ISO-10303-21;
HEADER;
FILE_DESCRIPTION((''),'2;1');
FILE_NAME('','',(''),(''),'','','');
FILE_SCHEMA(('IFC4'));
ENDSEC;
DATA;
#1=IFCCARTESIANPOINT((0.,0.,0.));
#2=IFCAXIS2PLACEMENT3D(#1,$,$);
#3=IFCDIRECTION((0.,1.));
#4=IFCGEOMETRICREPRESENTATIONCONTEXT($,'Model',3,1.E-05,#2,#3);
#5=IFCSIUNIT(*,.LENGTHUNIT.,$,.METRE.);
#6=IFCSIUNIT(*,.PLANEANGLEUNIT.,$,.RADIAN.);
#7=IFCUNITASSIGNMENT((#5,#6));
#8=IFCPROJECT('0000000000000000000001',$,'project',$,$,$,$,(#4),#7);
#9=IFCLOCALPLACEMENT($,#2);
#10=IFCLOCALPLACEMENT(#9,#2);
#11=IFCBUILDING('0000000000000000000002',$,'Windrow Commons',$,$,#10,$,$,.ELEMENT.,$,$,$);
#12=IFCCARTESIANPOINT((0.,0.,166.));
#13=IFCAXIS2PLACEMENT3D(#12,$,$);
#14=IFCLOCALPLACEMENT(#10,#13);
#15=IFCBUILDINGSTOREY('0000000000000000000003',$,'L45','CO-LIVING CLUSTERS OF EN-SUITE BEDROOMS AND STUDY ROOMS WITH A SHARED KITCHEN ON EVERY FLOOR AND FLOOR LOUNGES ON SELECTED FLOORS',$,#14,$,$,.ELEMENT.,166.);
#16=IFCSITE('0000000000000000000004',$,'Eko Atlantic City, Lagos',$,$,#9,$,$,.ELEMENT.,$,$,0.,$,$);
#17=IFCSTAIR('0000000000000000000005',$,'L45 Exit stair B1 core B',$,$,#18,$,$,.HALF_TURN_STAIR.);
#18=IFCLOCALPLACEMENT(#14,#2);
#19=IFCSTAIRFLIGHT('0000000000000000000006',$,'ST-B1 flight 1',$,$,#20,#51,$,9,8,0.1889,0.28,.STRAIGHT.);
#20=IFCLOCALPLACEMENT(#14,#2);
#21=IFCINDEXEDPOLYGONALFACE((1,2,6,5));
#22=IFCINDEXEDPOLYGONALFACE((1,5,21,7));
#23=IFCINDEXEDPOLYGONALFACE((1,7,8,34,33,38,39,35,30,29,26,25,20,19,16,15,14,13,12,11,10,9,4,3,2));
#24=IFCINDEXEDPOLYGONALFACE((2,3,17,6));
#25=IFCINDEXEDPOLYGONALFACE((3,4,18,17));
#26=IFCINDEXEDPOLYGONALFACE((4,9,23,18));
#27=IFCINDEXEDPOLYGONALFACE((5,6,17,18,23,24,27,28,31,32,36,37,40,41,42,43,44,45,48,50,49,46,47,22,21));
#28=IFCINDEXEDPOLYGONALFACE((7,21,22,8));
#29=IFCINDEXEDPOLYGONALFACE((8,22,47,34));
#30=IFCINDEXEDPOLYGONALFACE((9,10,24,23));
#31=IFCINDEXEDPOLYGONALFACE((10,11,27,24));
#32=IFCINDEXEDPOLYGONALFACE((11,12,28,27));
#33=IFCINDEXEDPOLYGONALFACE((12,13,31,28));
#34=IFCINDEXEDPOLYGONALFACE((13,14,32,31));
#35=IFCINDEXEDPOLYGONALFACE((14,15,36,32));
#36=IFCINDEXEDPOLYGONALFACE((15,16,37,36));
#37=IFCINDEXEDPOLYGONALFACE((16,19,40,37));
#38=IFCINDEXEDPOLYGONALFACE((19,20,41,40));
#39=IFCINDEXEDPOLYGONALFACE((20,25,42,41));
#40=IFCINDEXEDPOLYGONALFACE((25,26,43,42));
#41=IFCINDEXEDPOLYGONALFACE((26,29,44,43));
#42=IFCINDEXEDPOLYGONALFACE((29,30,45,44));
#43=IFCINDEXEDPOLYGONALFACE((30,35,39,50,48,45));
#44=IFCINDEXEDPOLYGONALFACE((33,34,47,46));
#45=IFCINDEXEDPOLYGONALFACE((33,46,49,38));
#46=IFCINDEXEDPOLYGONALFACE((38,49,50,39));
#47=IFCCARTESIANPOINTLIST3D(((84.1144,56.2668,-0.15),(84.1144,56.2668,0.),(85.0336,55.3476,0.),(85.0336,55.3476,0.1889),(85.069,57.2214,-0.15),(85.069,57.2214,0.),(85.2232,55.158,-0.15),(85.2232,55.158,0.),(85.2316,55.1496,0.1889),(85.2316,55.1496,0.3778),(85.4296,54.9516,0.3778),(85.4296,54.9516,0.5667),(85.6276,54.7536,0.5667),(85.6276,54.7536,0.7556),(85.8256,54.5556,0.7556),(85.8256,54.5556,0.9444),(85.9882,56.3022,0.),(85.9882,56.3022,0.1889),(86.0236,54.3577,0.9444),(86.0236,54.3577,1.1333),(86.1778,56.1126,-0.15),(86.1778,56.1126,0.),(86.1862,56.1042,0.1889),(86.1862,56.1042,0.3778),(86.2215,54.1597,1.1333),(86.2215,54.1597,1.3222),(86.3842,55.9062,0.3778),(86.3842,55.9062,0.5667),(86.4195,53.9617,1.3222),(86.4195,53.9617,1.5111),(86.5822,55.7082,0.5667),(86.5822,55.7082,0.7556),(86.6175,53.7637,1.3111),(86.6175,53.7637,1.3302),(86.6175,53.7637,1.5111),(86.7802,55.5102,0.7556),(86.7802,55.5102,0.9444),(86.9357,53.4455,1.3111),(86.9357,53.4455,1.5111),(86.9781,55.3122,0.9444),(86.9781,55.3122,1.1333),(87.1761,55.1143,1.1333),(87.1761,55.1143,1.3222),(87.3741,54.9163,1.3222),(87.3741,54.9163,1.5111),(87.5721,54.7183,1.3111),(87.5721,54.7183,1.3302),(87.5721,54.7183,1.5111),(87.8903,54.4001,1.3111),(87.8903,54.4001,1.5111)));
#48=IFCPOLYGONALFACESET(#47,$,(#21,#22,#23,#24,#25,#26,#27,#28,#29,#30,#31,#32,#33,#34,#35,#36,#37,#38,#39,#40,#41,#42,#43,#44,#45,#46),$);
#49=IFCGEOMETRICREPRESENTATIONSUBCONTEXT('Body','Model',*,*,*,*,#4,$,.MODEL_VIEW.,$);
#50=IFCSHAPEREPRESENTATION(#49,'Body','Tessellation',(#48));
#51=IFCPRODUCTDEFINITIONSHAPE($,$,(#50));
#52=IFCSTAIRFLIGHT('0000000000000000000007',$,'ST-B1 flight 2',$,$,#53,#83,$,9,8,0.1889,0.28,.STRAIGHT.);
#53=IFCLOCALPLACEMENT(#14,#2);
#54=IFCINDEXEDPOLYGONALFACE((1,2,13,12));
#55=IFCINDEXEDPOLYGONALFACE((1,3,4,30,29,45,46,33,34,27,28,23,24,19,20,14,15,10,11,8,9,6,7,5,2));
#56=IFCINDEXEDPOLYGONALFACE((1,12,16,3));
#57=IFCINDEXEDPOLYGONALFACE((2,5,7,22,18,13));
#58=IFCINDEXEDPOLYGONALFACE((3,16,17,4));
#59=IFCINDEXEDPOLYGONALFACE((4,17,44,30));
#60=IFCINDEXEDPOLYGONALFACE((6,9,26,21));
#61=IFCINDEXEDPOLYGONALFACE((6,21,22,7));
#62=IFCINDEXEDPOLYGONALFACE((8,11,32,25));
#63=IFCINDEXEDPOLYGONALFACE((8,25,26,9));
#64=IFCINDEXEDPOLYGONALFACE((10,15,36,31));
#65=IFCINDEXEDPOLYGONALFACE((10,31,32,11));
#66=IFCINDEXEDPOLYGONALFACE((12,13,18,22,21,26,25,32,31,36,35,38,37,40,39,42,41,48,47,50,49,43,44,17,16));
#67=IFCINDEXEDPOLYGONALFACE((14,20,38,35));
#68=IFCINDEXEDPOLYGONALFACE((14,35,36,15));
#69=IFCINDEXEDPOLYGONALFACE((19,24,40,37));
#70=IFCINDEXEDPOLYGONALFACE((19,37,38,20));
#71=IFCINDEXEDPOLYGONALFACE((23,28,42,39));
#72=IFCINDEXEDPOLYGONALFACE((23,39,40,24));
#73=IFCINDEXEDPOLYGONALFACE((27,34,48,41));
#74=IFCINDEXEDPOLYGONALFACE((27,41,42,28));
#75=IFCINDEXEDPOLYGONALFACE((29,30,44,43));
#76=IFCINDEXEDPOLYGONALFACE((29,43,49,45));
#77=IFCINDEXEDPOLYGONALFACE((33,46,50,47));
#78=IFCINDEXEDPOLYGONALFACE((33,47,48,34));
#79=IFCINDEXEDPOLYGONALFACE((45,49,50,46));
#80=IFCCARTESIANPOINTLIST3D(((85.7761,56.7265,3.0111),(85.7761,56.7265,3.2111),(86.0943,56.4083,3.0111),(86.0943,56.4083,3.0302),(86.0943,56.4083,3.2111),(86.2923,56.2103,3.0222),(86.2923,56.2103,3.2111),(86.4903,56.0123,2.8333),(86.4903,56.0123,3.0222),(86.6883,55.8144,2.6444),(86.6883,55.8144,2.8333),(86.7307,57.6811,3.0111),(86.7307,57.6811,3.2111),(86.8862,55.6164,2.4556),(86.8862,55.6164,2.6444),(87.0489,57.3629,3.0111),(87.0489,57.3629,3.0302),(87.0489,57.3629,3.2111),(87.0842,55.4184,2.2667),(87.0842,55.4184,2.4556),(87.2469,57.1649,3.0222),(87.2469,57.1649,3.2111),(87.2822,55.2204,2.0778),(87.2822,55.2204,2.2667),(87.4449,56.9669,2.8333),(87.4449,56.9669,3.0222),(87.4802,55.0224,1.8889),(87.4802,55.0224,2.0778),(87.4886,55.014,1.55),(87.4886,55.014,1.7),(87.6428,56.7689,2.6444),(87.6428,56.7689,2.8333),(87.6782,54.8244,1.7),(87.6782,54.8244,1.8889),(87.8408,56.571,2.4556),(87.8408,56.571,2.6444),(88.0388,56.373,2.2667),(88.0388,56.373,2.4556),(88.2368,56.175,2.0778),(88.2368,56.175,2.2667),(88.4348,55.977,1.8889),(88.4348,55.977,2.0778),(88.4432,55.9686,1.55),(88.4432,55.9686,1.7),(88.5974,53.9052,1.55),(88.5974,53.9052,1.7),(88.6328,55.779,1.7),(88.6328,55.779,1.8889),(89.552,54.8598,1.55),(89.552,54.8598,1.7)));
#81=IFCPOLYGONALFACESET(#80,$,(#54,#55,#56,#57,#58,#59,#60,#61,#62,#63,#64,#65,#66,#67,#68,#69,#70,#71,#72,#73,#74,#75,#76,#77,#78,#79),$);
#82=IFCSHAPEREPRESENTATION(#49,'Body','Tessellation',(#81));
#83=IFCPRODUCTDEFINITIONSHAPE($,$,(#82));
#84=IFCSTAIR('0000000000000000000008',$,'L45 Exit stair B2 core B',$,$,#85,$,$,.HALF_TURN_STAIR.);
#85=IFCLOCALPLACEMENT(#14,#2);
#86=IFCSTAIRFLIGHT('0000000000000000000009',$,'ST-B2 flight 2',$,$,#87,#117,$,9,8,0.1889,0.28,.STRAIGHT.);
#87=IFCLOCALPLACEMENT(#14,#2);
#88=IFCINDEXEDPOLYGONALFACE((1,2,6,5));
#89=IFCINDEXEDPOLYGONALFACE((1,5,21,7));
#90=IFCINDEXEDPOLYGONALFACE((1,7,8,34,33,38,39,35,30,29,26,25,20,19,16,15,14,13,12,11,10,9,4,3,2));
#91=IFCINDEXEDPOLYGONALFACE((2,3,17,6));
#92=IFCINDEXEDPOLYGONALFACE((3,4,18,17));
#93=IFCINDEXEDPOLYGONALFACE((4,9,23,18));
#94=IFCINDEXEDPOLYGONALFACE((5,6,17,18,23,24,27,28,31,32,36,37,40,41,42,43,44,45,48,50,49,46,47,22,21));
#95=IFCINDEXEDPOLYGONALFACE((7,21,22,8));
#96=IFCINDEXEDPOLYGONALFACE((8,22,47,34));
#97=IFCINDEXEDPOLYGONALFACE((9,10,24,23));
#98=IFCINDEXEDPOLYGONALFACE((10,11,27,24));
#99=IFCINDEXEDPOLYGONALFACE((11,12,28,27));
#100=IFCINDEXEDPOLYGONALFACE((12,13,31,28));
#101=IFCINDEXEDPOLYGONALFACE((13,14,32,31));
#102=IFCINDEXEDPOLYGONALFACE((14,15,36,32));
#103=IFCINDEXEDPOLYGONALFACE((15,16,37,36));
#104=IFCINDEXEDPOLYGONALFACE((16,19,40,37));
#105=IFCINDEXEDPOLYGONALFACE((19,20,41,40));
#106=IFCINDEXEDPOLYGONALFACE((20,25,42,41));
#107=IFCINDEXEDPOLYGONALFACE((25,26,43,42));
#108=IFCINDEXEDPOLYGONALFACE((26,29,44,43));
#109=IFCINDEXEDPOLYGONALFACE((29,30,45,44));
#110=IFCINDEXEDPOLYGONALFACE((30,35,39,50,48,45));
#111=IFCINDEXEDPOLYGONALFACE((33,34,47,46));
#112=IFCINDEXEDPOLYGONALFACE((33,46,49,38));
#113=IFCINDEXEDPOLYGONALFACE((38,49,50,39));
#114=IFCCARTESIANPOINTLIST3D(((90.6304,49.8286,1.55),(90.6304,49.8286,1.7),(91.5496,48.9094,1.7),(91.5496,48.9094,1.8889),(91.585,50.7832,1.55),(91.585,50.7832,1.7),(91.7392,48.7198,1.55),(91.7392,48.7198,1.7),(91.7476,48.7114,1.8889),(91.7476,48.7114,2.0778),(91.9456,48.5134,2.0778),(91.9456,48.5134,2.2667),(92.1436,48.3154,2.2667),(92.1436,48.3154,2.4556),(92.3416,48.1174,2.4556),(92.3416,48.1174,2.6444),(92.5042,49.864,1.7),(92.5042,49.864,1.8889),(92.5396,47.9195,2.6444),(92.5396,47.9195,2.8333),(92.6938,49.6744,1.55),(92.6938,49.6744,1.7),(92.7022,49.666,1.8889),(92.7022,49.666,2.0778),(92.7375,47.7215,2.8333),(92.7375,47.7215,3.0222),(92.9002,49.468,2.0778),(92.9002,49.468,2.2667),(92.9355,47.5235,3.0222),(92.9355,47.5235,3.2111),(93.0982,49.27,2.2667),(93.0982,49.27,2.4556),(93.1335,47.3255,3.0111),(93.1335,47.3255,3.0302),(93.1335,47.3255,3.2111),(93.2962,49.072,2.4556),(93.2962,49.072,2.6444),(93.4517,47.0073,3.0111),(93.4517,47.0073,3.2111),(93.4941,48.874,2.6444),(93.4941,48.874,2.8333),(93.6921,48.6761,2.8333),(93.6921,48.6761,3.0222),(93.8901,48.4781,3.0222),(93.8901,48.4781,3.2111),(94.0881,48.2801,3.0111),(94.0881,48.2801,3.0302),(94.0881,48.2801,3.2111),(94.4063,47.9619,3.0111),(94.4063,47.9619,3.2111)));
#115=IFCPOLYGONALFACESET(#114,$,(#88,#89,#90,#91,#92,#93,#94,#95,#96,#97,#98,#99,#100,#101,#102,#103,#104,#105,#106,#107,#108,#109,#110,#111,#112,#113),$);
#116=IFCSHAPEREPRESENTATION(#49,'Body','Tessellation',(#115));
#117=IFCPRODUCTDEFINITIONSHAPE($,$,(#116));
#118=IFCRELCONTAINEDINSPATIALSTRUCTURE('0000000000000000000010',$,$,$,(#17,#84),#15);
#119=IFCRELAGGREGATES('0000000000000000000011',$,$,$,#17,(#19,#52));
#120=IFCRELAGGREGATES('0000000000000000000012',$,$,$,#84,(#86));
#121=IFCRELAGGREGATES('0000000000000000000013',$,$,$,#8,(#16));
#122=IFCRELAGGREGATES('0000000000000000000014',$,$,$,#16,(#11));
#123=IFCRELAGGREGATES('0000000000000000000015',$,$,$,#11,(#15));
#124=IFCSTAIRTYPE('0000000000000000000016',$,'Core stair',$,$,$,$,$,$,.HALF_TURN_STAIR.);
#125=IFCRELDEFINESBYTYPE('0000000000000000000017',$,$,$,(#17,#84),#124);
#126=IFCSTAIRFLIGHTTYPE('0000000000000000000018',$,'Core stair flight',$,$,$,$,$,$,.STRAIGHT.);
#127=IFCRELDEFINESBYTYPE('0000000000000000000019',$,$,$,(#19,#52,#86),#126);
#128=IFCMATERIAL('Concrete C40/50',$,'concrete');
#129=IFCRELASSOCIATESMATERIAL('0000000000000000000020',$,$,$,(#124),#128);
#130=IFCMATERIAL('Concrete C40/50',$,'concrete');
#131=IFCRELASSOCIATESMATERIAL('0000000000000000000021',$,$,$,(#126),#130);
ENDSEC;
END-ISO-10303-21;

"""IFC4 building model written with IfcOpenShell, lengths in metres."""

from ifc_helpers import new_model, si_unit, direction, frame, origin, place, context, subcontext, project, spatial, polyline, outline, extrude, material, type_object, element, aggregate, save


model = new_model("IFC4")

# Units and contexts
model_context = context("Model", 3, precision=1e-05, world=origin(), true_north=direction((0.0, 1.0)))
body_context = subcontext(model_context, "Body", "Model", "MODEL_VIEW")
ifc_project = project(units=[si_unit("LENGTHUNIT", "METRE"), si_unit("PLANEANGLEUNIT", "RADIAN")], contexts=[model_context])

# Site, building, storey
site_placement = place(None, origin())
site = spatial("IfcSite", under=ifc_project, at=site_placement, Name="Eko Atlantic City, Lagos", CompositionType="ELEMENT", RefElevation=0.0)
building_placement = place(site_placement, origin())
building = spatial("IfcBuilding", under=site, at=building_placement, Name="Windrow Commons", CompositionType="ELEMENT")
storey_placement = place(building_placement, frame((0.0, 0.0, 166.0)))
storey = spatial("IfcBuildingStorey", under=building, at=storey_placement, Name="L45", Description="CO-LIVING CLUSTERS OF EN-SUITE BEDROOMS AND STUDY ROOMS WITH A SHARED KITCHEN ON EVERY FLOOR AND FLOOR LOUNGES ON SELECTED FLOORS", CompositionType="ELEMENT", Elevation=166.0)

# Stair, stair flights
ifc_material_1 = material(Name="Concrete C40/50", Category="concrete")
stair_type = type_object("IfcStairType", Name="Core stair", PredefinedType="HALF_TURN_STAIR", material=ifc_material_1)
placement = place(storey_placement, origin())
stair_1 = element("IfcStair", 1, at=placement, inside=storey, type_object=stair_type, Name="L45 Exit stair B1 core B", PredefinedType="HALF_TURN_STAIR")
ifc_material_2 = material(Name="Concrete C40/50", Category="concrete")
stair_flight_type = type_object("IfcStairFlightType", Name="Core stair flight", PredefinedType="STRAIGHT", material=ifc_material_2)
stair_flight_1_placement = place(storey_placement, frame((85.5109, 55.8249, 0.0), z_axis=(0.0, 0.0, 1.0), x_axis=(0.707107, -0.707107, 0.0)))
stair_flight_1 = element("IfcStairFlight", 2, at=stair_flight_1_placement, type_object=stair_flight_type, Name="ST-B1 flight 1", NumberOfRisers=9, NumberOfTreads=8, PredefinedType="STRAIGHT", RiserHeight=0.1889, TreadLength=0.28, context=body_context, shape_type="SweptSolid", body=[
    extrude(outline(polyline([(-1.3, -0.15), (-1.3, 0.0), (0.0, 0.0), (0.0, 0.1889), (0.28, 0.1889), (0.28, 0.3778), (0.56, 0.3778), (0.56, 0.5667), (0.84, 0.5667), (0.84, 0.7556), (1.12, 0.7556), (1.12, 0.9444), (1.4, 0.9444), (1.4, 1.1333), (1.68, 1.1333), (1.68, 1.3222), (1.96, 1.3222), (1.96, 1.5111), (2.24, 1.5111), (2.69, 1.5111), (2.69, 1.3111), (2.24, 1.3111), (2.24, 1.3302), (0.2682, 0.0), (0.2682, -0.15), (-1.3, -0.15)])), frame((0.0, 0.675, 0.0), z_axis=(0.0, -1.0, 0.0), x_axis=(1.0, 0.0, 0.0)), (0.0, 0.0, 1.0), 1.35),
])
stair_flight_2_placement = place(storey_placement, frame((88.1555, 55.3017, 1.7), z_axis=(0.0, 0.0, 1.0), x_axis=(-0.707107, 0.707107, 0.0)))
stair_flight_2 = element("IfcStairFlight", 3, at=stair_flight_2_placement, type_object=stair_flight_type, Name="ST-B1 flight 2", NumberOfRisers=9, NumberOfTreads=8, PredefinedType="STRAIGHT", RiserHeight=0.1889, TreadLength=0.28, context=body_context, shape_type="SweptSolid", body=[
    extrude(outline(polyline([(-1.3, -0.15), (-1.3, 0.0), (0.0, 0.0), (0.0, 0.1889), (0.28, 0.1889), (0.28, 0.3778), (0.56, 0.3778), (0.56, 0.5667), (0.84, 0.5667), (0.84, 0.7556), (1.12, 0.7556), (1.12, 0.9444), (1.4, 0.9444), (1.4, 1.1333), (1.68, 1.1333), (1.68, 1.3222), (1.96, 1.3222), (1.96, 1.5111), (2.24, 1.5111), (2.69, 1.5111), (2.69, 1.3111), (2.24, 1.3111), (2.24, 1.3302), (0.2682, 0.0), (0.2682, -0.15), (-1.3, -0.15)])), frame((0.0, 0.675, 0.0), z_axis=(0.0, -1.0, 0.0), x_axis=(1.0, 0.0, 0.0)), (0.0, 0.0, 1.0), 1.35),
])
aggregate(stair_1, [stair_flight_1, stair_flight_2])

# Stair, stair flight
stair_2 = element("IfcStair", 4, at=placement, inside=storey, type_object=stair_type, Name="L45 Exit stair B2 core B", PredefinedType="HALF_TURN_STAIR")
stair_flight_3_placement = place(storey_placement, frame((92.0269, 49.3867, 1.7), z_axis=(0.0, 0.0, 1.0), x_axis=(0.707107, -0.707107, 0.0)))
stair_flight_3 = element("IfcStairFlight", 5, at=stair_flight_3_placement, type_object=stair_flight_type, Name="ST-B2 flight 2", NumberOfRisers=9, NumberOfTreads=8, PredefinedType="STRAIGHT", RiserHeight=0.1889, TreadLength=0.28, context=body_context, shape_type="SweptSolid", body=[
    extrude(outline(polyline([(-1.3, -0.15), (-1.3, 0.0), (0.0, 0.0), (0.0, 0.1889), (0.28, 0.1889), (0.28, 0.3778), (0.56, 0.3778), (0.56, 0.5667), (0.84, 0.5667), (0.84, 0.7556), (1.12, 0.7556), (1.12, 0.9444), (1.4, 0.9444), (1.4, 1.1333), (1.68, 1.1333), (1.68, 1.3222), (1.96, 1.3222), (1.96, 1.5111), (2.24, 1.5111), (2.69, 1.5111), (2.69, 1.3111), (2.24, 1.3111), (2.24, 1.3302), (0.2682, 0.0), (0.2682, -0.15), (-1.3, -0.15)])), frame((0.0, 0.675, 0.0), z_axis=(0.0, -1.0, 0.0), x_axis=(1.0, 0.0, 0.0)), (0.0, 0.0, 1.0), 1.35),
])
aggregate(stair_2, [stair_flight_3])

save(model, "model.ifc")
